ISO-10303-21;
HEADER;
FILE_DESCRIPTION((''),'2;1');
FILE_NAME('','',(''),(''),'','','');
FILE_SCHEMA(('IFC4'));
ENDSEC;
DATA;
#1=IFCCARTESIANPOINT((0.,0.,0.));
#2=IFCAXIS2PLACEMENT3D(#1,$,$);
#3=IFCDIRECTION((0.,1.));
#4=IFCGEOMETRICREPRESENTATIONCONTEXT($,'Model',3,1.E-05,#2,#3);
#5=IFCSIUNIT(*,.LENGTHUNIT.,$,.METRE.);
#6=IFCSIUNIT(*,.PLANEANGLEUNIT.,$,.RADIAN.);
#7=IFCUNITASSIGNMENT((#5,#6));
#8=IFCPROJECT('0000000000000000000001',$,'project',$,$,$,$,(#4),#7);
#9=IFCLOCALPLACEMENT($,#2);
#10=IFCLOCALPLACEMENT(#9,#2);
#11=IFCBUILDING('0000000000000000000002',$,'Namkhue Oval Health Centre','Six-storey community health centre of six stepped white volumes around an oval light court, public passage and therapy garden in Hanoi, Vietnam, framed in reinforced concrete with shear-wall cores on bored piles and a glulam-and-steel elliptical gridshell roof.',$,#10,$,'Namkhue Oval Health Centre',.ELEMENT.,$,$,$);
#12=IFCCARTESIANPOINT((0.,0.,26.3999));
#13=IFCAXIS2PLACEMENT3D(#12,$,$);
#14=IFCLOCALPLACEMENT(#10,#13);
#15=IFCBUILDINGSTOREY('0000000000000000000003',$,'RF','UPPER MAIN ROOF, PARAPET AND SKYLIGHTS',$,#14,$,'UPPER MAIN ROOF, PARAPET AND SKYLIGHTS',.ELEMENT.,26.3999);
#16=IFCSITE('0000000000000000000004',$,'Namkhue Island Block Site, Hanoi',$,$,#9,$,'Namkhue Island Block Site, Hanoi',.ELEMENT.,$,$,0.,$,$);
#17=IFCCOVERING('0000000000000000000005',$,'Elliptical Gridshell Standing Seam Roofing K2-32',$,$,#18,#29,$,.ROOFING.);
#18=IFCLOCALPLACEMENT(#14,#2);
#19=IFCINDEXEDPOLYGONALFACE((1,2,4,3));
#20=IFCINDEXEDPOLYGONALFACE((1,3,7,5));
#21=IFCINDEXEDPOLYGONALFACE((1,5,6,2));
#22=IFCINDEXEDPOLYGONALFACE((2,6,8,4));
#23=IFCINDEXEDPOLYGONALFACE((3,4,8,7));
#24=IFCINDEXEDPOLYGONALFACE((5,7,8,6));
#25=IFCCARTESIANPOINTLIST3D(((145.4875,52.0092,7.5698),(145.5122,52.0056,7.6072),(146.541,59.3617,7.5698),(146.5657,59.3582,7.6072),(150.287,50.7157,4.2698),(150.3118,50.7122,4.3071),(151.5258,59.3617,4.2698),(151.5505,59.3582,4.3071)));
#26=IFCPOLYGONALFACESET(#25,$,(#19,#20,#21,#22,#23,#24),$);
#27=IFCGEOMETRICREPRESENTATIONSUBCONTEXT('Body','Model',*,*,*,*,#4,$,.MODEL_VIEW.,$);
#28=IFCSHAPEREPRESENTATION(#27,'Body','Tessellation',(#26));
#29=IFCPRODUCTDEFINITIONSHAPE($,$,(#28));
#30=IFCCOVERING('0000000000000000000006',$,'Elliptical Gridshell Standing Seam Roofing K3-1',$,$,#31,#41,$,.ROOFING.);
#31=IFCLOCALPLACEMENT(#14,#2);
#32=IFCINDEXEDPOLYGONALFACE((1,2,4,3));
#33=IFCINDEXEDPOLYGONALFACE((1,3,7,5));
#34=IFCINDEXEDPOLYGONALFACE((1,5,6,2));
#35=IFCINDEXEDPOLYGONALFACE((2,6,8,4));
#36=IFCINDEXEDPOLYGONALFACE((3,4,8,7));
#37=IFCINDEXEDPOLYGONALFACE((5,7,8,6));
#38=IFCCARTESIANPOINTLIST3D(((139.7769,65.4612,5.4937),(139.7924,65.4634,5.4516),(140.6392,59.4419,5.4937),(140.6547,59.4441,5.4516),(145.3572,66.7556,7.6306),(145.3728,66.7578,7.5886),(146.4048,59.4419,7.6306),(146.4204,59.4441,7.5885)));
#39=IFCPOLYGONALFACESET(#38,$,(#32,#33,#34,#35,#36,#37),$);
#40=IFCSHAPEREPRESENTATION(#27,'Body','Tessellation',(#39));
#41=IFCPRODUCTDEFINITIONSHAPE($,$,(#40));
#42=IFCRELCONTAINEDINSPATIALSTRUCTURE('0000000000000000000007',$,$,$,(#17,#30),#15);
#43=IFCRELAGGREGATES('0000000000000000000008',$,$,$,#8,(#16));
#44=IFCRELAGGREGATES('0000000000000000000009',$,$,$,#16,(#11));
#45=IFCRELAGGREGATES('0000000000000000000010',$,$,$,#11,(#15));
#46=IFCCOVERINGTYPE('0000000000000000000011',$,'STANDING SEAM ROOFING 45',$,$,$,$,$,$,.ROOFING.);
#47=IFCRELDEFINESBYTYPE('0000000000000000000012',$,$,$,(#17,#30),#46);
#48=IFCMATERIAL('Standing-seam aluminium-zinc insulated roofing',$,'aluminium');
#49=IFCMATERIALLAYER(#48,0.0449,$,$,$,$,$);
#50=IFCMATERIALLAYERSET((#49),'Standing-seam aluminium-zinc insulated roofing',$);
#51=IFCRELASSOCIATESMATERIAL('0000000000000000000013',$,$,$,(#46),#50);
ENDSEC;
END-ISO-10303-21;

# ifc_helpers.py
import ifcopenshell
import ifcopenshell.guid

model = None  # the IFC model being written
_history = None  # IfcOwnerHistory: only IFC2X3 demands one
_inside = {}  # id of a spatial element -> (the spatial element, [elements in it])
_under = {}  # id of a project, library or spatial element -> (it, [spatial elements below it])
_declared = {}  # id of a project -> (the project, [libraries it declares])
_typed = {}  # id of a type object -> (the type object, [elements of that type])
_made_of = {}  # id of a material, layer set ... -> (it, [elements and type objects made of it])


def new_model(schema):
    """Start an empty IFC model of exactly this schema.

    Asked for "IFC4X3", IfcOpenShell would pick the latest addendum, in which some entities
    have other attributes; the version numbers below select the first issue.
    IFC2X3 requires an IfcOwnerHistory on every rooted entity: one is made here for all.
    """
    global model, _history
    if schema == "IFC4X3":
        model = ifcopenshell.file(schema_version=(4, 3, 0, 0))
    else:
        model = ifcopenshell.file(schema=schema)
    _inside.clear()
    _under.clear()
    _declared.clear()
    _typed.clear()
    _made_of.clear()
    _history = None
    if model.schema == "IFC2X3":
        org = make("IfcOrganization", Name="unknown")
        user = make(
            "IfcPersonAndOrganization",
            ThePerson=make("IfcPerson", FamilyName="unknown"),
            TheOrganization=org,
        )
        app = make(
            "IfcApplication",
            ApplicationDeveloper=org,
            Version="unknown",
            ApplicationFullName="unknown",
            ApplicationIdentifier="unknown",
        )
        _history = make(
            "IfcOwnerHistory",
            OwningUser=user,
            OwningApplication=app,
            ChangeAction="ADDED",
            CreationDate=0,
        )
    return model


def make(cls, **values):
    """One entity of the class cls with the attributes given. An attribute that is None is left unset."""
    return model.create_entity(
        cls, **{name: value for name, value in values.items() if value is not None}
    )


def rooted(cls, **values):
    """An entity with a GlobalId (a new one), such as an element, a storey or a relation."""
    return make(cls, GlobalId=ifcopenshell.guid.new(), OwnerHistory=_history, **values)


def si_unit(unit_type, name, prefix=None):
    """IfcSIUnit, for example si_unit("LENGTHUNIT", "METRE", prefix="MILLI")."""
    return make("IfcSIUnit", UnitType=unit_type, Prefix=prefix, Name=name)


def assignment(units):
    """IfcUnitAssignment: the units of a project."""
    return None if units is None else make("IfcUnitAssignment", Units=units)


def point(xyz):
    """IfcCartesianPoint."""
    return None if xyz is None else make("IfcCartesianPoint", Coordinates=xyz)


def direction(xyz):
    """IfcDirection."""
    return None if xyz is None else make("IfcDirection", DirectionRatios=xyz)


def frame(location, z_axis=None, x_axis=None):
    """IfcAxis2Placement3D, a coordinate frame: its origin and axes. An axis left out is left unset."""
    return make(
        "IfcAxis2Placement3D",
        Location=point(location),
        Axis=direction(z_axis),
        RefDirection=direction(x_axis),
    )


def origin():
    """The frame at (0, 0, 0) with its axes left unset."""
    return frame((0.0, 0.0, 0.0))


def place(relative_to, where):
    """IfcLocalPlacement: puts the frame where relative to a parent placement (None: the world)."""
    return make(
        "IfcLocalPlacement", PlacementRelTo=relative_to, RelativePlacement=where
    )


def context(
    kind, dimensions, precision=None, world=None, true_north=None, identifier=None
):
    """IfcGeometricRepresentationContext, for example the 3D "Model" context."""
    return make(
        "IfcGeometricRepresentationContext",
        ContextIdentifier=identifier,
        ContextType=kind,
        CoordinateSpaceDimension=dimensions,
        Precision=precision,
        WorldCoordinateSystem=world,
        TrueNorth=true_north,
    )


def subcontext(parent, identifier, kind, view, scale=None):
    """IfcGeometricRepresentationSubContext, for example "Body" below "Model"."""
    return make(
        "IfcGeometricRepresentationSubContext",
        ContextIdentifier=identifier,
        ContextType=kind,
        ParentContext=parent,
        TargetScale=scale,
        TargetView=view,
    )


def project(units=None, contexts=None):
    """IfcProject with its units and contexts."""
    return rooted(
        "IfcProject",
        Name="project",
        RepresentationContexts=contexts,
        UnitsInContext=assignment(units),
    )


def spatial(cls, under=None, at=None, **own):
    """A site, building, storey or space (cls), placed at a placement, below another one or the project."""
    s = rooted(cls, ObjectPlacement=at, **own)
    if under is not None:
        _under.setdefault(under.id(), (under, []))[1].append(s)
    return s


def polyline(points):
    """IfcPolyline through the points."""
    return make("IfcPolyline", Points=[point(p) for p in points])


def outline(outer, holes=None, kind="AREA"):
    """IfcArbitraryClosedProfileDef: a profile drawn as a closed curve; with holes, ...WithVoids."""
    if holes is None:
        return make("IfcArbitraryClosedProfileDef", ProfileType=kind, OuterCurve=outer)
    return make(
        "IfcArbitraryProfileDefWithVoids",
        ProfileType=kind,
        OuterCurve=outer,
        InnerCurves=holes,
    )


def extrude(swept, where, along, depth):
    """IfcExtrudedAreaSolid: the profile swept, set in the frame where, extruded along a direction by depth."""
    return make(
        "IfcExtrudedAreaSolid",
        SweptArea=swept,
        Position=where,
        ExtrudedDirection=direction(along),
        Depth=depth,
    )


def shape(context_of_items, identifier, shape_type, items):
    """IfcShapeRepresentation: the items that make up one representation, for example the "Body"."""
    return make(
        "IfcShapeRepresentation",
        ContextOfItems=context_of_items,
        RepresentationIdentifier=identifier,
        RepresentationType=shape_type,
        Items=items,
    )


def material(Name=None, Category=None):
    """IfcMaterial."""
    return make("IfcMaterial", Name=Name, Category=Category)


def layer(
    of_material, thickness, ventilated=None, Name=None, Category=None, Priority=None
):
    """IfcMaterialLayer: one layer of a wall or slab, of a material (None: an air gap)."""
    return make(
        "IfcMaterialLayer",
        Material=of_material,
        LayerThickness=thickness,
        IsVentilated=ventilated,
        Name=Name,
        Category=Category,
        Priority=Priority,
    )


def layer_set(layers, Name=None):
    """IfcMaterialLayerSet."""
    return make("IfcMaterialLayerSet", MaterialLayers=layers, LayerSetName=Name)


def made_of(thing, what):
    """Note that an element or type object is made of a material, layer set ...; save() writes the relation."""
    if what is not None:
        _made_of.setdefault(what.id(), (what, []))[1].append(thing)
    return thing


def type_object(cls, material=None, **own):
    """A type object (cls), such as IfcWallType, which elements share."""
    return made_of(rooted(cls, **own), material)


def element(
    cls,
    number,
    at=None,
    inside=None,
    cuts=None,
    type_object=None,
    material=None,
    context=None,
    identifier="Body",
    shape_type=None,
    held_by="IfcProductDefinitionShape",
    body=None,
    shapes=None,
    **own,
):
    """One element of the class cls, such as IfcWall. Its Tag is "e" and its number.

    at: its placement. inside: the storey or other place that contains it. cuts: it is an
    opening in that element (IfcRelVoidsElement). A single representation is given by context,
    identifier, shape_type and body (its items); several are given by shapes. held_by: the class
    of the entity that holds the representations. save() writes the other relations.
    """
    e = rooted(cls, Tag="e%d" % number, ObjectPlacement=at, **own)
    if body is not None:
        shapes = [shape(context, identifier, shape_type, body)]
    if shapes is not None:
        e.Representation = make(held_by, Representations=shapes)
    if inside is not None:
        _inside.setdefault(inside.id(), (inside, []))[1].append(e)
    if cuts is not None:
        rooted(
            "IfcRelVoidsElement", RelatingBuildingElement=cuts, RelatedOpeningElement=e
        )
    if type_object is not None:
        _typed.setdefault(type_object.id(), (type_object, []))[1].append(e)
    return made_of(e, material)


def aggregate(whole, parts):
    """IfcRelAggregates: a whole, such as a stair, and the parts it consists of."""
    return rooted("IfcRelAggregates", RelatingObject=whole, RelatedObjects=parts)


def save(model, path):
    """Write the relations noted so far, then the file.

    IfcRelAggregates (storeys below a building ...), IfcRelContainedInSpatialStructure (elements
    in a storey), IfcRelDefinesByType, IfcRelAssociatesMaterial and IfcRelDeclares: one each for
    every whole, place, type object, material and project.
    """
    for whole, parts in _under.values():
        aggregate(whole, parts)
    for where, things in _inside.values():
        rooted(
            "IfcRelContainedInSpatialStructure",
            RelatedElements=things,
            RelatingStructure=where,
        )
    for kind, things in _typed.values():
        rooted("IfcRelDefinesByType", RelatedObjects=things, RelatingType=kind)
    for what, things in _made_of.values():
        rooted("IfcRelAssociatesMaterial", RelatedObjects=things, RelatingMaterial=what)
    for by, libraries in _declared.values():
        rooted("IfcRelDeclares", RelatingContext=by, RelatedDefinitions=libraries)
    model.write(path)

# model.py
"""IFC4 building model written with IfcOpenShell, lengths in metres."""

from ifc_helpers import new_model, si_unit, direction, frame, origin, place, context, subcontext, project, spatial, polyline, outline, extrude, material, layer, layer_set, type_object, element, save


model = new_model("IFC4")

# Units and contexts
model_context = context("Model", 3, precision=1e-05, world=origin(), true_north=direction((0.0, 1.0)))
body_context = subcontext(model_context, "Body", "Model", "MODEL_VIEW")
ifc_project = project(units=[si_unit("LENGTHUNIT", "METRE"), si_unit("PLANEANGLEUNIT", "RADIAN")], contexts=[model_context])

# Site, building, storey
site_placement = place(None, origin())
site = spatial("IfcSite", under=ifc_project, at=site_placement, Name="Namkhue Island Block Site, Hanoi", LongName="Namkhue Island Block Site, Hanoi", CompositionType="ELEMENT", RefElevation=0.0)
building_placement = place(site_placement, origin())
building = spatial("IfcBuilding", under=site, at=building_placement, Name="Namkhue Oval Health Centre", Description="Six-storey community health centre of six stepped white volumes around an oval light court, public passage and therapy garden in Hanoi, Vietnam, framed in reinforced concrete with shear-wall cores on bored piles and a glulam-and-steel elliptical gridshell roof.", LongName="Namkhue Oval Health Centre", CompositionType="ELEMENT")
storey_placement = place(building_placement, frame((0.0, 0.0, 26.3999)))
storey = spatial("IfcBuildingStorey", under=building, at=storey_placement, Name="RF", Description="UPPER MAIN ROOF, PARAPET AND SKYLIGHTS", LongName="UPPER MAIN ROOF, PARAPET AND SKYLIGHTS", CompositionType="ELEMENT", Elevation=26.3999)

# Coverings
ifc_material_1 = material(Name="Standing-seam aluminium-zinc insulated roofing", Category="aluminium")
ifc_layer_1 = layer(ifc_material_1, 0.0449)
ifc_layer_set_1 = layer_set([ifc_layer_1], Name="Standing-seam aluminium-zinc insulated roofing")
covering_type_1 = type_object("IfcCoveringType", Name="STANDING SEAM ROOFING 45", PredefinedType="ROOFING", material=ifc_layer_set_1)
covering_1_placement = place(storey_placement, frame((150.3118, 50.7122, 4.3071), z_axis=(0.550292, -0.078845, 0.831241), x_axis=(0.141829, 0.989891, 0.000001)))
element("IfcCovering", 1, at=covering_1_placement, inside=storey, type_object=covering_type_1, Name="Elliptical Gridshell Standing Seam Roofing K2-32", PredefinedType="ROOFING", context=body_context, shape_type="SweptSolid", body=[
    extrude(outline(polyline([(0.0, 0.0), (8.7343, 0.0), (8.0273, 5.9363), (0.5997, 5.9363), (0.0, 0.0)])), origin(), (0.0, 0.0, -1.0), 0.0449),
])
covering_2_placement = place(storey_placement, frame((146.4048, 59.4419, 7.6306), z_axis=(-0.347102, -0.049721, 0.936508), x_axis=(-0.141792, 0.989896, 0.000003)))
element("IfcCovering", 2, at=covering_2_placement, inside=storey, type_object=covering_type_1, Name="Elliptical Gridshell Standing Seam Roofing K3-1", PredefinedType="ROOFING", context=body_context, shape_type="SweptSolid", body=[
    extrude(outline(polyline([(0.0, 0.0), (7.3884, 0.0), (6.8983, 6.0944), (0.8175, 6.0943), (0.0, 0.0)])), origin(), (0.0, 0.0, -1.0), 0.0449),
])

save(model, "model.ifc")
